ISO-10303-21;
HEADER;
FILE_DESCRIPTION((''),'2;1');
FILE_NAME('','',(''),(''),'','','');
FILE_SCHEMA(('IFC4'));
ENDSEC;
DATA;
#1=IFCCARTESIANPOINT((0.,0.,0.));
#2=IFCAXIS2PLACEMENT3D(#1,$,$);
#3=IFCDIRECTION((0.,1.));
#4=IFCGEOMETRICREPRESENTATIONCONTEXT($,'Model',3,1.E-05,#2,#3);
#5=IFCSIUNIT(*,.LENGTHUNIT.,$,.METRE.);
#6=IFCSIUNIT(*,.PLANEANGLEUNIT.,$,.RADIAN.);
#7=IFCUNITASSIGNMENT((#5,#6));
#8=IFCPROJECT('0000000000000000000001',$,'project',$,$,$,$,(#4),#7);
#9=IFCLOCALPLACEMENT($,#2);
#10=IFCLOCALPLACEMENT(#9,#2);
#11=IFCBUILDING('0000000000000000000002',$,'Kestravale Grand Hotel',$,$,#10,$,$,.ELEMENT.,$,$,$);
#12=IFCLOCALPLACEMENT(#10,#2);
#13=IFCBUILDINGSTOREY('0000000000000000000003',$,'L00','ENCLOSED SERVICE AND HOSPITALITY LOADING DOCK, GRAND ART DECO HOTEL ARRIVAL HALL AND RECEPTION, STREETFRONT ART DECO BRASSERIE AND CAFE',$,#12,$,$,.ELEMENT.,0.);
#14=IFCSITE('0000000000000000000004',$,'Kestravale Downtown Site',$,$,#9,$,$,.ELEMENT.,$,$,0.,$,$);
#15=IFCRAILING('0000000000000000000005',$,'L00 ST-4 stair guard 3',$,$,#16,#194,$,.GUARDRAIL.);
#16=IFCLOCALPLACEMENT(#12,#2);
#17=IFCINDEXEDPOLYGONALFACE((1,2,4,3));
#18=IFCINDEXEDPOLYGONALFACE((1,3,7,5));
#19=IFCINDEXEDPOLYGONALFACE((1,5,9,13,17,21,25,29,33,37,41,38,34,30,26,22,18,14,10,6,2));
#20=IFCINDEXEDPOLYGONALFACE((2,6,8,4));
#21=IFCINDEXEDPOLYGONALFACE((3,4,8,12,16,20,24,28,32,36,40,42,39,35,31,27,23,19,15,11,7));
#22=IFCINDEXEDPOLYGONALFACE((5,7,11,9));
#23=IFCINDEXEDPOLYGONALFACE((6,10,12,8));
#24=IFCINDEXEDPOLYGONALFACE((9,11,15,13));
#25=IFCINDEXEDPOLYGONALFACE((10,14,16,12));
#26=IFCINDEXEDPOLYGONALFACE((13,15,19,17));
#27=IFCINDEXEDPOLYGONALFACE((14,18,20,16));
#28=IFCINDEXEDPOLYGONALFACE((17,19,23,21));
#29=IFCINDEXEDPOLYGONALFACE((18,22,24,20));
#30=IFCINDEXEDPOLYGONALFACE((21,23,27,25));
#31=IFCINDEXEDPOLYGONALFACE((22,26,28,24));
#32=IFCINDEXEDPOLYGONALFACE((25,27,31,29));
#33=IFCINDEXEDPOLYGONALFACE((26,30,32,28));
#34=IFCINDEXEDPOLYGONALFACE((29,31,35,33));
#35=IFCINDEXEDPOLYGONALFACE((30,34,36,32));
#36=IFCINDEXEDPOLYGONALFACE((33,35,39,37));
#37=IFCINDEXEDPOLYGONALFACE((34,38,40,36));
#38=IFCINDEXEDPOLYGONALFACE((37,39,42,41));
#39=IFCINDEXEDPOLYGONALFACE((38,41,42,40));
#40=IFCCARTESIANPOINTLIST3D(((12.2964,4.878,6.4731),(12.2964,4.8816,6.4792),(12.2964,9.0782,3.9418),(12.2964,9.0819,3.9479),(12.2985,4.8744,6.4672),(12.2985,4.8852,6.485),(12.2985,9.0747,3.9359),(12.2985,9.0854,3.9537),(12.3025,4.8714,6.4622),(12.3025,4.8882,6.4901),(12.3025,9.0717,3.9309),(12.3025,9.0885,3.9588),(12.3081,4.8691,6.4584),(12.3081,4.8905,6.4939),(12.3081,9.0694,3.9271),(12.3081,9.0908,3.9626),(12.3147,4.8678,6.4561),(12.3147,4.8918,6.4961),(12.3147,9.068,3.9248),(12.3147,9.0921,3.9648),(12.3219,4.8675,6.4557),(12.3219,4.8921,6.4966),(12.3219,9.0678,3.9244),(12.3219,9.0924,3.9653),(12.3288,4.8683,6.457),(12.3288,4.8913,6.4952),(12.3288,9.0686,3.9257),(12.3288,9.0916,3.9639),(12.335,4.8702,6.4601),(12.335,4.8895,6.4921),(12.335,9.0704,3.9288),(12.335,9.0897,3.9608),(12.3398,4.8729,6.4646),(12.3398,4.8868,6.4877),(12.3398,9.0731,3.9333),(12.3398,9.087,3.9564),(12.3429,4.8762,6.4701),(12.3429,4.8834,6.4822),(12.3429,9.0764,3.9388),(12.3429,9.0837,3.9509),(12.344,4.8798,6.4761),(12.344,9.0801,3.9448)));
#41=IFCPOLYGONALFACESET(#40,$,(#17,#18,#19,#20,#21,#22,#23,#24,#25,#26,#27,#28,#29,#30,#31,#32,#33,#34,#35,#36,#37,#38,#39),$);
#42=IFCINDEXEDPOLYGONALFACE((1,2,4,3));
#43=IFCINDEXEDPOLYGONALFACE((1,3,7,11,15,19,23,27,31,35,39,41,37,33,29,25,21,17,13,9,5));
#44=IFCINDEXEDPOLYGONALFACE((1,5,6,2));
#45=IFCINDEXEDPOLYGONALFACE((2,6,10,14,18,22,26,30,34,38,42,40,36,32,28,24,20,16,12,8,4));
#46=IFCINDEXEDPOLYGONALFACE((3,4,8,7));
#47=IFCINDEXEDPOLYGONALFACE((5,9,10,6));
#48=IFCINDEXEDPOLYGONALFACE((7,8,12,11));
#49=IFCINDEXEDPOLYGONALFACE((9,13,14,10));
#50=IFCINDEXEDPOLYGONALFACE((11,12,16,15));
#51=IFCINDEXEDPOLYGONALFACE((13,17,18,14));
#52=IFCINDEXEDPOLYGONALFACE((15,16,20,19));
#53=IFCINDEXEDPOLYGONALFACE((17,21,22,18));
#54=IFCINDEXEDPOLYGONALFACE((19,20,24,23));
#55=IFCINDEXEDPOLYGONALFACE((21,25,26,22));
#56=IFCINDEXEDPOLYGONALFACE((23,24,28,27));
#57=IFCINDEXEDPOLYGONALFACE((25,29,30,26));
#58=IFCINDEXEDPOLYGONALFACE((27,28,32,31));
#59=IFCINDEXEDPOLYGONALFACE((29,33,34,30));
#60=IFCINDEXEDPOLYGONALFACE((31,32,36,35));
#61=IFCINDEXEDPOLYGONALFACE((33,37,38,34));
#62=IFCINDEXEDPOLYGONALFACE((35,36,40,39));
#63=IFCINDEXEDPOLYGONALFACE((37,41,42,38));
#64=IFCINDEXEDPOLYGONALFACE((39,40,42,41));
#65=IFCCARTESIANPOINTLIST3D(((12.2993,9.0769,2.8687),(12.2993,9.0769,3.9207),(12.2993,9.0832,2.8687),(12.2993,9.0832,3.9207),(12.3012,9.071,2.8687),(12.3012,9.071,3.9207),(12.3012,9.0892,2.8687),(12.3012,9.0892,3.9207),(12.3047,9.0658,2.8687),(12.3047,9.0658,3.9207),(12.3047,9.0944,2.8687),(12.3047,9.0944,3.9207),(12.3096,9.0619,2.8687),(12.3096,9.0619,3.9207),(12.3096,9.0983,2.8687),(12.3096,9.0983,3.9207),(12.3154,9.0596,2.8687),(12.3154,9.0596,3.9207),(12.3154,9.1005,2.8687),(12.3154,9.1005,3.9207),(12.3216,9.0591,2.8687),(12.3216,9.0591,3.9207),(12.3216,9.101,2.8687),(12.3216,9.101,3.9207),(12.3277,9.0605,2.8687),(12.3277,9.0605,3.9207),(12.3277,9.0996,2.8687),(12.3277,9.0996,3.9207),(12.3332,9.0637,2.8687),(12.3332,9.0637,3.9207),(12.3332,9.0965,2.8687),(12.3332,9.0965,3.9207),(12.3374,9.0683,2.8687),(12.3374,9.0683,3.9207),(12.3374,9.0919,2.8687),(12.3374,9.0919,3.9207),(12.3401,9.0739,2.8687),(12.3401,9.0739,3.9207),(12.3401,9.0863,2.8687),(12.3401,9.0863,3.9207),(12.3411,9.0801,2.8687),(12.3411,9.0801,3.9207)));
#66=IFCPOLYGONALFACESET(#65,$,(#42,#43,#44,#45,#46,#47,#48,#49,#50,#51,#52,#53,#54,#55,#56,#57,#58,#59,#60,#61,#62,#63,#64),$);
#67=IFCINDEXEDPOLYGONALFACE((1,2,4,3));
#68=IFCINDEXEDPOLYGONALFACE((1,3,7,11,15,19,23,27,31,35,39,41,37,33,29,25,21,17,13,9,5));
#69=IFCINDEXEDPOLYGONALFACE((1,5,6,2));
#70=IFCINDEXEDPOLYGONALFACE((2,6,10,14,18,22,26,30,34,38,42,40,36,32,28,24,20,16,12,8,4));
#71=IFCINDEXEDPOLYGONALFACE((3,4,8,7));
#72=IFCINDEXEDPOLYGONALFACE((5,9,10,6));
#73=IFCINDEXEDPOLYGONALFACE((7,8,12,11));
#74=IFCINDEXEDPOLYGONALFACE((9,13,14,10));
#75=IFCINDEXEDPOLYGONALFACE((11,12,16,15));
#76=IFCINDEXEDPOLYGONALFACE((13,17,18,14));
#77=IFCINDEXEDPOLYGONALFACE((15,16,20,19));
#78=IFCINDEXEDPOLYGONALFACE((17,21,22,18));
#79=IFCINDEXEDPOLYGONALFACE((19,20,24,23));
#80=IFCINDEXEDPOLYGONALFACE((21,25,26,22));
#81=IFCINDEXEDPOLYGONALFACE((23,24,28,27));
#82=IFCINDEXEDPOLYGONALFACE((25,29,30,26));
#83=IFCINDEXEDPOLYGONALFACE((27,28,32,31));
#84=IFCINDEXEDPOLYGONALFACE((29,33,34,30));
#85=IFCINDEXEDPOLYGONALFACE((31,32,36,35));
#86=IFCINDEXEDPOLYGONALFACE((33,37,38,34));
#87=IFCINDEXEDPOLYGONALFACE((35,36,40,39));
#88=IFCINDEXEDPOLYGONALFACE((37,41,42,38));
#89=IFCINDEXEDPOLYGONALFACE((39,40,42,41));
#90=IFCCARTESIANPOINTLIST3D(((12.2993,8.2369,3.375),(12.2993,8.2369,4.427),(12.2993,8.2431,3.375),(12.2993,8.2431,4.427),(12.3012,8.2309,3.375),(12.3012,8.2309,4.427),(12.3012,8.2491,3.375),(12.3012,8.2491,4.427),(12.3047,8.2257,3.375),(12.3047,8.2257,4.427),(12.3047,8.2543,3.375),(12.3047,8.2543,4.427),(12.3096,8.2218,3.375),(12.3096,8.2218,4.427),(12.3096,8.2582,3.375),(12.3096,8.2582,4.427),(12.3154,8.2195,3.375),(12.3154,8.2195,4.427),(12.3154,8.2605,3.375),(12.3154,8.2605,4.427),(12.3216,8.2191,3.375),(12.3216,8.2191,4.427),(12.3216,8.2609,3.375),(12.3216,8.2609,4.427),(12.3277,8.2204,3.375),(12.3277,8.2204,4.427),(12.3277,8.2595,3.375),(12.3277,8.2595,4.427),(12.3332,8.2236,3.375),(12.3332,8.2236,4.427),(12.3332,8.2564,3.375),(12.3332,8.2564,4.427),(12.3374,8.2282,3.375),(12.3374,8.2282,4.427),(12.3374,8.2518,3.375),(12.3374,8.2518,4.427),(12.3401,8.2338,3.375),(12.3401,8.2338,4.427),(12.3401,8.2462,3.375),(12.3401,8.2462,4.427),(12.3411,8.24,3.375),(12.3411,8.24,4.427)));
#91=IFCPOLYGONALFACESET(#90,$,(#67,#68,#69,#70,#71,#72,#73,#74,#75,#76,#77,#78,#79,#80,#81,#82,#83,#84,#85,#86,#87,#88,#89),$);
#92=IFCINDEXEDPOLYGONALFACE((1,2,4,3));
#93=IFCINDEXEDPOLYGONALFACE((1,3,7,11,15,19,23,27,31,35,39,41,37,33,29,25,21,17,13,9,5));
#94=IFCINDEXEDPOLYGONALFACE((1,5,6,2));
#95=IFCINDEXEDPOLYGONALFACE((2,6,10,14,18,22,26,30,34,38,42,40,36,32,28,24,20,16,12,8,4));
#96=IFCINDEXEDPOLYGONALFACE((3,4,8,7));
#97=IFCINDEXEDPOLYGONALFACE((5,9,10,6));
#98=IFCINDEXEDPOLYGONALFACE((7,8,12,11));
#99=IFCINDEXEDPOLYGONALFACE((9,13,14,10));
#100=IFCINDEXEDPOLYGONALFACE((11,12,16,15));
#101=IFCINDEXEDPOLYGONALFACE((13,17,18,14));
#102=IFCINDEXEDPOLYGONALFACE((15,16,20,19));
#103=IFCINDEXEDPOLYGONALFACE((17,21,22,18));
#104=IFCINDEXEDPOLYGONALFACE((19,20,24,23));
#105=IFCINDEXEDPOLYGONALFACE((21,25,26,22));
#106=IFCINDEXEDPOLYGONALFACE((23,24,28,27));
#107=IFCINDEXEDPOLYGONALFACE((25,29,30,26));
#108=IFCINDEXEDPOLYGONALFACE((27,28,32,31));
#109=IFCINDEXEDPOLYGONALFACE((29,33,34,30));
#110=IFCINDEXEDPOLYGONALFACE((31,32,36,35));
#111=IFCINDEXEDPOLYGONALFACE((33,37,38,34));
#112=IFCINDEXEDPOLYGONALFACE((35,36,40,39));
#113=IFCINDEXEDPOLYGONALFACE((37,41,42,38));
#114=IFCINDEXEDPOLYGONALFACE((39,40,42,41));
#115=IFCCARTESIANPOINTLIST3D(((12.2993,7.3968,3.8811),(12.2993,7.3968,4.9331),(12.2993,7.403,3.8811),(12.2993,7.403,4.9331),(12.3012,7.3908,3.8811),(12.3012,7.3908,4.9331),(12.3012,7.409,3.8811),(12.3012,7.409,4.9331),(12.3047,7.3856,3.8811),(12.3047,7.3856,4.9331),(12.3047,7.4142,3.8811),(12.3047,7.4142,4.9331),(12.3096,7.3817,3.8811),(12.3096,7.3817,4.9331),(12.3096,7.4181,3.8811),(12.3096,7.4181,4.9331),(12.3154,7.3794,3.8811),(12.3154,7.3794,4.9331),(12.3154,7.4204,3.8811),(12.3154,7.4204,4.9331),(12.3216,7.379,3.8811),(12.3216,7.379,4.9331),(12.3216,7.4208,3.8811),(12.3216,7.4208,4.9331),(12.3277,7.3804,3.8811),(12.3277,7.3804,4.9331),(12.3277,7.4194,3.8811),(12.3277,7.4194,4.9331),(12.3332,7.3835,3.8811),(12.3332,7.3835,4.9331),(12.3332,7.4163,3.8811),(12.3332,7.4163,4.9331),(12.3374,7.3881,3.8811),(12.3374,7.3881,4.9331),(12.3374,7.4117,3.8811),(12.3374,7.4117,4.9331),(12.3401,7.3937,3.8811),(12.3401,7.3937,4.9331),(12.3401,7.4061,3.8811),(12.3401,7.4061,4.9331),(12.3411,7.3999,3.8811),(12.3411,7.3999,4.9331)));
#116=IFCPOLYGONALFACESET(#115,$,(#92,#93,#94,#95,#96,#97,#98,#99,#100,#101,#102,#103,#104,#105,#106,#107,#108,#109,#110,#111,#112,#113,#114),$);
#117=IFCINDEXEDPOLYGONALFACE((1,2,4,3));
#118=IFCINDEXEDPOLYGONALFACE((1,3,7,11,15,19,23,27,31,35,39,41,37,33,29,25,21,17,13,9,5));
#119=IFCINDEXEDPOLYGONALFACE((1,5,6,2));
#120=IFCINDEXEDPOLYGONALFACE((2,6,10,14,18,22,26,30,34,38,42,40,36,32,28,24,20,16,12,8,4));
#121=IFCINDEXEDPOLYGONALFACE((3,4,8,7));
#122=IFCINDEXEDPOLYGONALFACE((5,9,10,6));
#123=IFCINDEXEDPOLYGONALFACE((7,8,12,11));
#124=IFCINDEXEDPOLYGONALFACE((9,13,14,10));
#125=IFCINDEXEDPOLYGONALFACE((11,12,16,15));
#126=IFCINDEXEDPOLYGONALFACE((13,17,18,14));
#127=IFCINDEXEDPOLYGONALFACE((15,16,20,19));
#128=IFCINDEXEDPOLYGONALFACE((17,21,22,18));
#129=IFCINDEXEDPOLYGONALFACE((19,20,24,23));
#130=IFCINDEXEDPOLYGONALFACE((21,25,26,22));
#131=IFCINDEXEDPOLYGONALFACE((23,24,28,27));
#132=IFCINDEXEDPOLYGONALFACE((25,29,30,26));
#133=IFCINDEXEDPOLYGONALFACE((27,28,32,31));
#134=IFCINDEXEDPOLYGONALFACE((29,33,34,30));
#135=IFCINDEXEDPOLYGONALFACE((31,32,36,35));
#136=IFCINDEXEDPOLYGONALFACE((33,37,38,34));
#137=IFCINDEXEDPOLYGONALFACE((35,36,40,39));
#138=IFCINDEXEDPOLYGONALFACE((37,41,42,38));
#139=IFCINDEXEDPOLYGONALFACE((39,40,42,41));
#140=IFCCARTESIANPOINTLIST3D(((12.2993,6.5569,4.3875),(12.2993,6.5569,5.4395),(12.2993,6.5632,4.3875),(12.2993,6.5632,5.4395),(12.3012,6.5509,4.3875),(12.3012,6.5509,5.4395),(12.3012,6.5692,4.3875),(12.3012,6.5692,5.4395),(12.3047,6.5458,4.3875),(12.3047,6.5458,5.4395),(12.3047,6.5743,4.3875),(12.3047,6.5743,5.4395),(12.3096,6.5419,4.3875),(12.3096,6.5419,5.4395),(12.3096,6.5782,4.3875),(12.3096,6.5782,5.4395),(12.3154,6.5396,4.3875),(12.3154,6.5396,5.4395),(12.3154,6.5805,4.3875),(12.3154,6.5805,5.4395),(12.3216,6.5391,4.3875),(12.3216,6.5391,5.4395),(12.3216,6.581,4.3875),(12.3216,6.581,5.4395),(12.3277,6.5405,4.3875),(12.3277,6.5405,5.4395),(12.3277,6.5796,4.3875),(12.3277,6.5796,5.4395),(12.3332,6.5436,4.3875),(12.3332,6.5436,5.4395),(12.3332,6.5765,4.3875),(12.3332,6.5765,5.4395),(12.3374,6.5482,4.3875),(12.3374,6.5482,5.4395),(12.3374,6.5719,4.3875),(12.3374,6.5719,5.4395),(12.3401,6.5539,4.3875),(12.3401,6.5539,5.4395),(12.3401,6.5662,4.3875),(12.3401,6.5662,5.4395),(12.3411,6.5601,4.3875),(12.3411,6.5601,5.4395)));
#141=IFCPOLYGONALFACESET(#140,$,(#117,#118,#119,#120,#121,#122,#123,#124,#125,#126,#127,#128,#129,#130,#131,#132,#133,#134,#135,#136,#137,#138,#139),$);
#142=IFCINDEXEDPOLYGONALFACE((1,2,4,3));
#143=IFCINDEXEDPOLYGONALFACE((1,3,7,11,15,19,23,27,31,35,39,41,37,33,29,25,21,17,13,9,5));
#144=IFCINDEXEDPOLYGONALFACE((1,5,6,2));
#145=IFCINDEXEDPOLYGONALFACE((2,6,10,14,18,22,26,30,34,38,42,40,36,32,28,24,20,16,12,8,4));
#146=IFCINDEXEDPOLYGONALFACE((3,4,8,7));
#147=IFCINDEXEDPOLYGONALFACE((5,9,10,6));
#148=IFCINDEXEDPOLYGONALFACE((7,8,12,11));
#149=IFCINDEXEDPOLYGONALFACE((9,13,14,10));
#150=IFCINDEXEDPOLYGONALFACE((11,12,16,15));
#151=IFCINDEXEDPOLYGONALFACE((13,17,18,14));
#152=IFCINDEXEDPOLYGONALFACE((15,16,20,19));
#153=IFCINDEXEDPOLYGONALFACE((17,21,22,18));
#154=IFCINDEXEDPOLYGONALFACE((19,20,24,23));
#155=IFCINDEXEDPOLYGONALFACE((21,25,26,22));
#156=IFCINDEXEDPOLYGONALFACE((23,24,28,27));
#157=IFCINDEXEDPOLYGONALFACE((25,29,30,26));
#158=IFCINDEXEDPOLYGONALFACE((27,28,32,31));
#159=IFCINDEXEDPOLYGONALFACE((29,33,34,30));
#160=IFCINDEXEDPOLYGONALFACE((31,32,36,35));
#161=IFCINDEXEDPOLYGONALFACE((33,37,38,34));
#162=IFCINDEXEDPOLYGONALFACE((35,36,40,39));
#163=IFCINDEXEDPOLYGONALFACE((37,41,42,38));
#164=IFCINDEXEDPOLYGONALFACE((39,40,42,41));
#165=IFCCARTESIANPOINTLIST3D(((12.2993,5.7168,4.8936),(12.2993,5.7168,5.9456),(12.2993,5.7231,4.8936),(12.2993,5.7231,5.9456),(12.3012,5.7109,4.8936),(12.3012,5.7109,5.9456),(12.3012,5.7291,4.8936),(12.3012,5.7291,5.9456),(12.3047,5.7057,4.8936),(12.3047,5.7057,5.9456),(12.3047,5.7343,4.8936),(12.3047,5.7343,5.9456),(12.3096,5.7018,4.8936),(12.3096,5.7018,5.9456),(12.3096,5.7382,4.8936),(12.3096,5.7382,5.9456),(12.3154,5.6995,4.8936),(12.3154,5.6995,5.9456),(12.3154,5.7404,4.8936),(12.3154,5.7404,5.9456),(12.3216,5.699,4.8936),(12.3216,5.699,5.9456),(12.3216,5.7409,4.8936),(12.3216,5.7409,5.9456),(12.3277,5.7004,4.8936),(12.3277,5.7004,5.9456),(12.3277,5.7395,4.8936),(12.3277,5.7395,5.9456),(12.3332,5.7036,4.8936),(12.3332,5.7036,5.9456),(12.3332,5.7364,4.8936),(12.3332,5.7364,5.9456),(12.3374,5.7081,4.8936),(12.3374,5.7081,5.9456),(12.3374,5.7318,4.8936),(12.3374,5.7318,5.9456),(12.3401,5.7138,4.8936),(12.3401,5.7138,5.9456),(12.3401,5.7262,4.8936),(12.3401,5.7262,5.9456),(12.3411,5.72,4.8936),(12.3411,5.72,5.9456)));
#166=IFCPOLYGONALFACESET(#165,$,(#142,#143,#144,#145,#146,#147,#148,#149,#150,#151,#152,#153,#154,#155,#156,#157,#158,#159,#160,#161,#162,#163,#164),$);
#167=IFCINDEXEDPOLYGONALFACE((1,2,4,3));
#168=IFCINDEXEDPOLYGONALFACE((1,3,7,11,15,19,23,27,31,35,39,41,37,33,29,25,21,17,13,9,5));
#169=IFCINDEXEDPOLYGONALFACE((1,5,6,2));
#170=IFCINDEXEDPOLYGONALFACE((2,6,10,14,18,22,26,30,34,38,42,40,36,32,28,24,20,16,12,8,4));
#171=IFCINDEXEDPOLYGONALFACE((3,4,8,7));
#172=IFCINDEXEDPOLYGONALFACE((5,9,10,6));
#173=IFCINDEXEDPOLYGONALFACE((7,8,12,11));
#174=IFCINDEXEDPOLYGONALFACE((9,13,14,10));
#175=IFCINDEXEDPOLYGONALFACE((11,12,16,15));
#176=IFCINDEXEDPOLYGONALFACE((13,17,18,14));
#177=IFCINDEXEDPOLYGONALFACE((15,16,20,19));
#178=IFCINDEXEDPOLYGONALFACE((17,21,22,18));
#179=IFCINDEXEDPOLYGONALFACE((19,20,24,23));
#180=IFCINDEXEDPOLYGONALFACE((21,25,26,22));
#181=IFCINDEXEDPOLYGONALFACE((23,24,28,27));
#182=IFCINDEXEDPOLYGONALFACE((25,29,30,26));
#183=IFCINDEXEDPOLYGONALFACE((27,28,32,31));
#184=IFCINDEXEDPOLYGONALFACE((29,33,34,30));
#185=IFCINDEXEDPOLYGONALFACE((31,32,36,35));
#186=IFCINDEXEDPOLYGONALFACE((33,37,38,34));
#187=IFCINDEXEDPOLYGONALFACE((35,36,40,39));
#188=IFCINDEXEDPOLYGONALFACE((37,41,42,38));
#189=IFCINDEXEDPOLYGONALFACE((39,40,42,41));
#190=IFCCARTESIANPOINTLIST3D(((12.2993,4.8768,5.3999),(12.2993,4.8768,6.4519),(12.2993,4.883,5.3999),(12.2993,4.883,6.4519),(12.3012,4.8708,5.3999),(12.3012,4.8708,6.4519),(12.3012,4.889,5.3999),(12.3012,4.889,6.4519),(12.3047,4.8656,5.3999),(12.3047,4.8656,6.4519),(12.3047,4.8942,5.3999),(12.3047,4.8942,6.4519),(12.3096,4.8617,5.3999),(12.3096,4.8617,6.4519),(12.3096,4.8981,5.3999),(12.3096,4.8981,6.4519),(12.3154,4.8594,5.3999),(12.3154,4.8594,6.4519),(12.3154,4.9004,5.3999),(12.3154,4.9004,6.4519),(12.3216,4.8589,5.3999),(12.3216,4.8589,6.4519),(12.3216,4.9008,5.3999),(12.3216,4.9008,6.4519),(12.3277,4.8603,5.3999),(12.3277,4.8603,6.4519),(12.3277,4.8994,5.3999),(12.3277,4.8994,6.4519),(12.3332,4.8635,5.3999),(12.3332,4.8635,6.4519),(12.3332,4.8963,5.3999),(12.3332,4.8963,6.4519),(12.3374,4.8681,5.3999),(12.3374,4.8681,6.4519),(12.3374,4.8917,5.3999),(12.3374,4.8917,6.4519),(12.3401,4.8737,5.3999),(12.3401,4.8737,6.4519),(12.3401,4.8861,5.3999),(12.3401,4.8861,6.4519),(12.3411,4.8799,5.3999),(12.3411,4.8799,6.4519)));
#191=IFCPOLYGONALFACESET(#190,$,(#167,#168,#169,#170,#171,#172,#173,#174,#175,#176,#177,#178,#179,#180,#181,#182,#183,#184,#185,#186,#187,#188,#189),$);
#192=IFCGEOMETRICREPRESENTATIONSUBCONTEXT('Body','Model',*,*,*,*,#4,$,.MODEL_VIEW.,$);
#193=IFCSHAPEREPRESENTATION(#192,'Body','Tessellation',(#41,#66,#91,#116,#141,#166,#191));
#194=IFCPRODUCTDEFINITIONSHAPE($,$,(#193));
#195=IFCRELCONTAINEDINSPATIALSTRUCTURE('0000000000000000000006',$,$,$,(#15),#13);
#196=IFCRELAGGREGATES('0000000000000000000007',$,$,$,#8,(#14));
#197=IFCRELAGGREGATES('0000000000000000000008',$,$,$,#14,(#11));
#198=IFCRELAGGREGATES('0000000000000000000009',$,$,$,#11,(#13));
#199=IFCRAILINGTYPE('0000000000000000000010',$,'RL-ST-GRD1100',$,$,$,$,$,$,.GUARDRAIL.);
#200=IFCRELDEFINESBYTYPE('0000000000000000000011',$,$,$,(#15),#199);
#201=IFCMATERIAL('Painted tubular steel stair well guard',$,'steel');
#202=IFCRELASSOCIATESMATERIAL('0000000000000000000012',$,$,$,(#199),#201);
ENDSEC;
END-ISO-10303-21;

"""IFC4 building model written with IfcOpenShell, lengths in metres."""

from ifc_helpers import new_model, si_unit, direction, frame, origin, origin_2d, place, context, subcontext, project, spatial, circle, extrude, material, type_object, element, save


model = new_model("IFC4")

# Units and contexts
model_context = context("Model", 3, precision=1e-05, world=origin(), true_north=direction((0.0, 1.0)))
body_context = subcontext(model_context, "Body", "Model", "MODEL_VIEW")
ifc_project = project(units=[si_unit("LENGTHUNIT", "METRE"), si_unit("PLANEANGLEUNIT", "RADIAN")], contexts=[model_context])

# Site, building, storey
site_placement = place(None, origin())
site = spatial("IfcSite", under=ifc_project, at=site_placement, Name="Kestravale Downtown Site", CompositionType="ELEMENT", RefElevation=0.0)
building_placement = place(site_placement, origin())
building = spatial("IfcBuilding", under=site, at=building_placement, Name="Kestravale Grand Hotel", CompositionType="ELEMENT")
storey_placement = place(building_placement, origin())
storey = spatial("IfcBuildingStorey", under=building, at=storey_placement, Name="L00", Description="ENCLOSED SERVICE AND HOSPITALITY LOADING DOCK, GRAND ART DECO HOTEL ARRIVAL HALL AND RECEPTION, STREETFRONT ART DECO BRASSERIE AND CAFE", CompositionType="ELEMENT", Elevation=0.0)

# Railing
ifc_material_1 = material(Name="Painted tubular steel stair well guard", Category="steel")
railing_type_1 = type_object("IfcRailingType", Name="RL-ST-GRD1100", PredefinedType="GUARDRAIL", material=ifc_material_1)
railing_1_placement = place(storey_placement, frame((12.3201, 9.0801, 2.8687)))
element("IfcRailing", 1, at=railing_1_placement, inside=storey, type_object=railing_type_1, Name="L00 ST-4 stair guard 3", PredefinedType="GUARDRAIL", context=body_context, shape_type="SweptSolid", body=[
    extrude(circle(Radius=0.0239, at=origin_2d()), frame((0.0, 0.0, 1.0762), z_axis=(0.0, -0.85649, 0.516164), x_axis=(1.0, 0.0, 0.0)), (0.0, 0.0, 1.0), 4.9041),
    extrude(circle(Radius=0.021, at=origin_2d()), origin(), (0.0, 0.0, 1.0), 1.052),
    extrude(circle(Radius=0.021, at=origin_2d()), frame((0.0, -0.8401, 0.5063)), (0.0, 0.0, 1.0), 1.052),
    extrude(circle(Radius=0.021, at=origin_2d()), frame((0.0, -1.6802, 1.0125)), (0.0, 0.0, 1.0), 1.052),
    extrude(circle(Radius=0.021, at=origin_2d()), frame((0.0, -2.52, 1.5188)), (0.0, 0.0, 1.0), 1.052),
    extrude(circle(Radius=0.021, at=origin_2d()), frame((0.0, -3.3601, 2.0249)), (0.0, 0.0, 1.0), 1.052),
    extrude(circle(Radius=0.021, at=origin_2d()), frame((0.0, -4.2002, 2.5312)), (0.0, 0.0, 1.0), 1.052),
])

save(model, "model.ifc")
